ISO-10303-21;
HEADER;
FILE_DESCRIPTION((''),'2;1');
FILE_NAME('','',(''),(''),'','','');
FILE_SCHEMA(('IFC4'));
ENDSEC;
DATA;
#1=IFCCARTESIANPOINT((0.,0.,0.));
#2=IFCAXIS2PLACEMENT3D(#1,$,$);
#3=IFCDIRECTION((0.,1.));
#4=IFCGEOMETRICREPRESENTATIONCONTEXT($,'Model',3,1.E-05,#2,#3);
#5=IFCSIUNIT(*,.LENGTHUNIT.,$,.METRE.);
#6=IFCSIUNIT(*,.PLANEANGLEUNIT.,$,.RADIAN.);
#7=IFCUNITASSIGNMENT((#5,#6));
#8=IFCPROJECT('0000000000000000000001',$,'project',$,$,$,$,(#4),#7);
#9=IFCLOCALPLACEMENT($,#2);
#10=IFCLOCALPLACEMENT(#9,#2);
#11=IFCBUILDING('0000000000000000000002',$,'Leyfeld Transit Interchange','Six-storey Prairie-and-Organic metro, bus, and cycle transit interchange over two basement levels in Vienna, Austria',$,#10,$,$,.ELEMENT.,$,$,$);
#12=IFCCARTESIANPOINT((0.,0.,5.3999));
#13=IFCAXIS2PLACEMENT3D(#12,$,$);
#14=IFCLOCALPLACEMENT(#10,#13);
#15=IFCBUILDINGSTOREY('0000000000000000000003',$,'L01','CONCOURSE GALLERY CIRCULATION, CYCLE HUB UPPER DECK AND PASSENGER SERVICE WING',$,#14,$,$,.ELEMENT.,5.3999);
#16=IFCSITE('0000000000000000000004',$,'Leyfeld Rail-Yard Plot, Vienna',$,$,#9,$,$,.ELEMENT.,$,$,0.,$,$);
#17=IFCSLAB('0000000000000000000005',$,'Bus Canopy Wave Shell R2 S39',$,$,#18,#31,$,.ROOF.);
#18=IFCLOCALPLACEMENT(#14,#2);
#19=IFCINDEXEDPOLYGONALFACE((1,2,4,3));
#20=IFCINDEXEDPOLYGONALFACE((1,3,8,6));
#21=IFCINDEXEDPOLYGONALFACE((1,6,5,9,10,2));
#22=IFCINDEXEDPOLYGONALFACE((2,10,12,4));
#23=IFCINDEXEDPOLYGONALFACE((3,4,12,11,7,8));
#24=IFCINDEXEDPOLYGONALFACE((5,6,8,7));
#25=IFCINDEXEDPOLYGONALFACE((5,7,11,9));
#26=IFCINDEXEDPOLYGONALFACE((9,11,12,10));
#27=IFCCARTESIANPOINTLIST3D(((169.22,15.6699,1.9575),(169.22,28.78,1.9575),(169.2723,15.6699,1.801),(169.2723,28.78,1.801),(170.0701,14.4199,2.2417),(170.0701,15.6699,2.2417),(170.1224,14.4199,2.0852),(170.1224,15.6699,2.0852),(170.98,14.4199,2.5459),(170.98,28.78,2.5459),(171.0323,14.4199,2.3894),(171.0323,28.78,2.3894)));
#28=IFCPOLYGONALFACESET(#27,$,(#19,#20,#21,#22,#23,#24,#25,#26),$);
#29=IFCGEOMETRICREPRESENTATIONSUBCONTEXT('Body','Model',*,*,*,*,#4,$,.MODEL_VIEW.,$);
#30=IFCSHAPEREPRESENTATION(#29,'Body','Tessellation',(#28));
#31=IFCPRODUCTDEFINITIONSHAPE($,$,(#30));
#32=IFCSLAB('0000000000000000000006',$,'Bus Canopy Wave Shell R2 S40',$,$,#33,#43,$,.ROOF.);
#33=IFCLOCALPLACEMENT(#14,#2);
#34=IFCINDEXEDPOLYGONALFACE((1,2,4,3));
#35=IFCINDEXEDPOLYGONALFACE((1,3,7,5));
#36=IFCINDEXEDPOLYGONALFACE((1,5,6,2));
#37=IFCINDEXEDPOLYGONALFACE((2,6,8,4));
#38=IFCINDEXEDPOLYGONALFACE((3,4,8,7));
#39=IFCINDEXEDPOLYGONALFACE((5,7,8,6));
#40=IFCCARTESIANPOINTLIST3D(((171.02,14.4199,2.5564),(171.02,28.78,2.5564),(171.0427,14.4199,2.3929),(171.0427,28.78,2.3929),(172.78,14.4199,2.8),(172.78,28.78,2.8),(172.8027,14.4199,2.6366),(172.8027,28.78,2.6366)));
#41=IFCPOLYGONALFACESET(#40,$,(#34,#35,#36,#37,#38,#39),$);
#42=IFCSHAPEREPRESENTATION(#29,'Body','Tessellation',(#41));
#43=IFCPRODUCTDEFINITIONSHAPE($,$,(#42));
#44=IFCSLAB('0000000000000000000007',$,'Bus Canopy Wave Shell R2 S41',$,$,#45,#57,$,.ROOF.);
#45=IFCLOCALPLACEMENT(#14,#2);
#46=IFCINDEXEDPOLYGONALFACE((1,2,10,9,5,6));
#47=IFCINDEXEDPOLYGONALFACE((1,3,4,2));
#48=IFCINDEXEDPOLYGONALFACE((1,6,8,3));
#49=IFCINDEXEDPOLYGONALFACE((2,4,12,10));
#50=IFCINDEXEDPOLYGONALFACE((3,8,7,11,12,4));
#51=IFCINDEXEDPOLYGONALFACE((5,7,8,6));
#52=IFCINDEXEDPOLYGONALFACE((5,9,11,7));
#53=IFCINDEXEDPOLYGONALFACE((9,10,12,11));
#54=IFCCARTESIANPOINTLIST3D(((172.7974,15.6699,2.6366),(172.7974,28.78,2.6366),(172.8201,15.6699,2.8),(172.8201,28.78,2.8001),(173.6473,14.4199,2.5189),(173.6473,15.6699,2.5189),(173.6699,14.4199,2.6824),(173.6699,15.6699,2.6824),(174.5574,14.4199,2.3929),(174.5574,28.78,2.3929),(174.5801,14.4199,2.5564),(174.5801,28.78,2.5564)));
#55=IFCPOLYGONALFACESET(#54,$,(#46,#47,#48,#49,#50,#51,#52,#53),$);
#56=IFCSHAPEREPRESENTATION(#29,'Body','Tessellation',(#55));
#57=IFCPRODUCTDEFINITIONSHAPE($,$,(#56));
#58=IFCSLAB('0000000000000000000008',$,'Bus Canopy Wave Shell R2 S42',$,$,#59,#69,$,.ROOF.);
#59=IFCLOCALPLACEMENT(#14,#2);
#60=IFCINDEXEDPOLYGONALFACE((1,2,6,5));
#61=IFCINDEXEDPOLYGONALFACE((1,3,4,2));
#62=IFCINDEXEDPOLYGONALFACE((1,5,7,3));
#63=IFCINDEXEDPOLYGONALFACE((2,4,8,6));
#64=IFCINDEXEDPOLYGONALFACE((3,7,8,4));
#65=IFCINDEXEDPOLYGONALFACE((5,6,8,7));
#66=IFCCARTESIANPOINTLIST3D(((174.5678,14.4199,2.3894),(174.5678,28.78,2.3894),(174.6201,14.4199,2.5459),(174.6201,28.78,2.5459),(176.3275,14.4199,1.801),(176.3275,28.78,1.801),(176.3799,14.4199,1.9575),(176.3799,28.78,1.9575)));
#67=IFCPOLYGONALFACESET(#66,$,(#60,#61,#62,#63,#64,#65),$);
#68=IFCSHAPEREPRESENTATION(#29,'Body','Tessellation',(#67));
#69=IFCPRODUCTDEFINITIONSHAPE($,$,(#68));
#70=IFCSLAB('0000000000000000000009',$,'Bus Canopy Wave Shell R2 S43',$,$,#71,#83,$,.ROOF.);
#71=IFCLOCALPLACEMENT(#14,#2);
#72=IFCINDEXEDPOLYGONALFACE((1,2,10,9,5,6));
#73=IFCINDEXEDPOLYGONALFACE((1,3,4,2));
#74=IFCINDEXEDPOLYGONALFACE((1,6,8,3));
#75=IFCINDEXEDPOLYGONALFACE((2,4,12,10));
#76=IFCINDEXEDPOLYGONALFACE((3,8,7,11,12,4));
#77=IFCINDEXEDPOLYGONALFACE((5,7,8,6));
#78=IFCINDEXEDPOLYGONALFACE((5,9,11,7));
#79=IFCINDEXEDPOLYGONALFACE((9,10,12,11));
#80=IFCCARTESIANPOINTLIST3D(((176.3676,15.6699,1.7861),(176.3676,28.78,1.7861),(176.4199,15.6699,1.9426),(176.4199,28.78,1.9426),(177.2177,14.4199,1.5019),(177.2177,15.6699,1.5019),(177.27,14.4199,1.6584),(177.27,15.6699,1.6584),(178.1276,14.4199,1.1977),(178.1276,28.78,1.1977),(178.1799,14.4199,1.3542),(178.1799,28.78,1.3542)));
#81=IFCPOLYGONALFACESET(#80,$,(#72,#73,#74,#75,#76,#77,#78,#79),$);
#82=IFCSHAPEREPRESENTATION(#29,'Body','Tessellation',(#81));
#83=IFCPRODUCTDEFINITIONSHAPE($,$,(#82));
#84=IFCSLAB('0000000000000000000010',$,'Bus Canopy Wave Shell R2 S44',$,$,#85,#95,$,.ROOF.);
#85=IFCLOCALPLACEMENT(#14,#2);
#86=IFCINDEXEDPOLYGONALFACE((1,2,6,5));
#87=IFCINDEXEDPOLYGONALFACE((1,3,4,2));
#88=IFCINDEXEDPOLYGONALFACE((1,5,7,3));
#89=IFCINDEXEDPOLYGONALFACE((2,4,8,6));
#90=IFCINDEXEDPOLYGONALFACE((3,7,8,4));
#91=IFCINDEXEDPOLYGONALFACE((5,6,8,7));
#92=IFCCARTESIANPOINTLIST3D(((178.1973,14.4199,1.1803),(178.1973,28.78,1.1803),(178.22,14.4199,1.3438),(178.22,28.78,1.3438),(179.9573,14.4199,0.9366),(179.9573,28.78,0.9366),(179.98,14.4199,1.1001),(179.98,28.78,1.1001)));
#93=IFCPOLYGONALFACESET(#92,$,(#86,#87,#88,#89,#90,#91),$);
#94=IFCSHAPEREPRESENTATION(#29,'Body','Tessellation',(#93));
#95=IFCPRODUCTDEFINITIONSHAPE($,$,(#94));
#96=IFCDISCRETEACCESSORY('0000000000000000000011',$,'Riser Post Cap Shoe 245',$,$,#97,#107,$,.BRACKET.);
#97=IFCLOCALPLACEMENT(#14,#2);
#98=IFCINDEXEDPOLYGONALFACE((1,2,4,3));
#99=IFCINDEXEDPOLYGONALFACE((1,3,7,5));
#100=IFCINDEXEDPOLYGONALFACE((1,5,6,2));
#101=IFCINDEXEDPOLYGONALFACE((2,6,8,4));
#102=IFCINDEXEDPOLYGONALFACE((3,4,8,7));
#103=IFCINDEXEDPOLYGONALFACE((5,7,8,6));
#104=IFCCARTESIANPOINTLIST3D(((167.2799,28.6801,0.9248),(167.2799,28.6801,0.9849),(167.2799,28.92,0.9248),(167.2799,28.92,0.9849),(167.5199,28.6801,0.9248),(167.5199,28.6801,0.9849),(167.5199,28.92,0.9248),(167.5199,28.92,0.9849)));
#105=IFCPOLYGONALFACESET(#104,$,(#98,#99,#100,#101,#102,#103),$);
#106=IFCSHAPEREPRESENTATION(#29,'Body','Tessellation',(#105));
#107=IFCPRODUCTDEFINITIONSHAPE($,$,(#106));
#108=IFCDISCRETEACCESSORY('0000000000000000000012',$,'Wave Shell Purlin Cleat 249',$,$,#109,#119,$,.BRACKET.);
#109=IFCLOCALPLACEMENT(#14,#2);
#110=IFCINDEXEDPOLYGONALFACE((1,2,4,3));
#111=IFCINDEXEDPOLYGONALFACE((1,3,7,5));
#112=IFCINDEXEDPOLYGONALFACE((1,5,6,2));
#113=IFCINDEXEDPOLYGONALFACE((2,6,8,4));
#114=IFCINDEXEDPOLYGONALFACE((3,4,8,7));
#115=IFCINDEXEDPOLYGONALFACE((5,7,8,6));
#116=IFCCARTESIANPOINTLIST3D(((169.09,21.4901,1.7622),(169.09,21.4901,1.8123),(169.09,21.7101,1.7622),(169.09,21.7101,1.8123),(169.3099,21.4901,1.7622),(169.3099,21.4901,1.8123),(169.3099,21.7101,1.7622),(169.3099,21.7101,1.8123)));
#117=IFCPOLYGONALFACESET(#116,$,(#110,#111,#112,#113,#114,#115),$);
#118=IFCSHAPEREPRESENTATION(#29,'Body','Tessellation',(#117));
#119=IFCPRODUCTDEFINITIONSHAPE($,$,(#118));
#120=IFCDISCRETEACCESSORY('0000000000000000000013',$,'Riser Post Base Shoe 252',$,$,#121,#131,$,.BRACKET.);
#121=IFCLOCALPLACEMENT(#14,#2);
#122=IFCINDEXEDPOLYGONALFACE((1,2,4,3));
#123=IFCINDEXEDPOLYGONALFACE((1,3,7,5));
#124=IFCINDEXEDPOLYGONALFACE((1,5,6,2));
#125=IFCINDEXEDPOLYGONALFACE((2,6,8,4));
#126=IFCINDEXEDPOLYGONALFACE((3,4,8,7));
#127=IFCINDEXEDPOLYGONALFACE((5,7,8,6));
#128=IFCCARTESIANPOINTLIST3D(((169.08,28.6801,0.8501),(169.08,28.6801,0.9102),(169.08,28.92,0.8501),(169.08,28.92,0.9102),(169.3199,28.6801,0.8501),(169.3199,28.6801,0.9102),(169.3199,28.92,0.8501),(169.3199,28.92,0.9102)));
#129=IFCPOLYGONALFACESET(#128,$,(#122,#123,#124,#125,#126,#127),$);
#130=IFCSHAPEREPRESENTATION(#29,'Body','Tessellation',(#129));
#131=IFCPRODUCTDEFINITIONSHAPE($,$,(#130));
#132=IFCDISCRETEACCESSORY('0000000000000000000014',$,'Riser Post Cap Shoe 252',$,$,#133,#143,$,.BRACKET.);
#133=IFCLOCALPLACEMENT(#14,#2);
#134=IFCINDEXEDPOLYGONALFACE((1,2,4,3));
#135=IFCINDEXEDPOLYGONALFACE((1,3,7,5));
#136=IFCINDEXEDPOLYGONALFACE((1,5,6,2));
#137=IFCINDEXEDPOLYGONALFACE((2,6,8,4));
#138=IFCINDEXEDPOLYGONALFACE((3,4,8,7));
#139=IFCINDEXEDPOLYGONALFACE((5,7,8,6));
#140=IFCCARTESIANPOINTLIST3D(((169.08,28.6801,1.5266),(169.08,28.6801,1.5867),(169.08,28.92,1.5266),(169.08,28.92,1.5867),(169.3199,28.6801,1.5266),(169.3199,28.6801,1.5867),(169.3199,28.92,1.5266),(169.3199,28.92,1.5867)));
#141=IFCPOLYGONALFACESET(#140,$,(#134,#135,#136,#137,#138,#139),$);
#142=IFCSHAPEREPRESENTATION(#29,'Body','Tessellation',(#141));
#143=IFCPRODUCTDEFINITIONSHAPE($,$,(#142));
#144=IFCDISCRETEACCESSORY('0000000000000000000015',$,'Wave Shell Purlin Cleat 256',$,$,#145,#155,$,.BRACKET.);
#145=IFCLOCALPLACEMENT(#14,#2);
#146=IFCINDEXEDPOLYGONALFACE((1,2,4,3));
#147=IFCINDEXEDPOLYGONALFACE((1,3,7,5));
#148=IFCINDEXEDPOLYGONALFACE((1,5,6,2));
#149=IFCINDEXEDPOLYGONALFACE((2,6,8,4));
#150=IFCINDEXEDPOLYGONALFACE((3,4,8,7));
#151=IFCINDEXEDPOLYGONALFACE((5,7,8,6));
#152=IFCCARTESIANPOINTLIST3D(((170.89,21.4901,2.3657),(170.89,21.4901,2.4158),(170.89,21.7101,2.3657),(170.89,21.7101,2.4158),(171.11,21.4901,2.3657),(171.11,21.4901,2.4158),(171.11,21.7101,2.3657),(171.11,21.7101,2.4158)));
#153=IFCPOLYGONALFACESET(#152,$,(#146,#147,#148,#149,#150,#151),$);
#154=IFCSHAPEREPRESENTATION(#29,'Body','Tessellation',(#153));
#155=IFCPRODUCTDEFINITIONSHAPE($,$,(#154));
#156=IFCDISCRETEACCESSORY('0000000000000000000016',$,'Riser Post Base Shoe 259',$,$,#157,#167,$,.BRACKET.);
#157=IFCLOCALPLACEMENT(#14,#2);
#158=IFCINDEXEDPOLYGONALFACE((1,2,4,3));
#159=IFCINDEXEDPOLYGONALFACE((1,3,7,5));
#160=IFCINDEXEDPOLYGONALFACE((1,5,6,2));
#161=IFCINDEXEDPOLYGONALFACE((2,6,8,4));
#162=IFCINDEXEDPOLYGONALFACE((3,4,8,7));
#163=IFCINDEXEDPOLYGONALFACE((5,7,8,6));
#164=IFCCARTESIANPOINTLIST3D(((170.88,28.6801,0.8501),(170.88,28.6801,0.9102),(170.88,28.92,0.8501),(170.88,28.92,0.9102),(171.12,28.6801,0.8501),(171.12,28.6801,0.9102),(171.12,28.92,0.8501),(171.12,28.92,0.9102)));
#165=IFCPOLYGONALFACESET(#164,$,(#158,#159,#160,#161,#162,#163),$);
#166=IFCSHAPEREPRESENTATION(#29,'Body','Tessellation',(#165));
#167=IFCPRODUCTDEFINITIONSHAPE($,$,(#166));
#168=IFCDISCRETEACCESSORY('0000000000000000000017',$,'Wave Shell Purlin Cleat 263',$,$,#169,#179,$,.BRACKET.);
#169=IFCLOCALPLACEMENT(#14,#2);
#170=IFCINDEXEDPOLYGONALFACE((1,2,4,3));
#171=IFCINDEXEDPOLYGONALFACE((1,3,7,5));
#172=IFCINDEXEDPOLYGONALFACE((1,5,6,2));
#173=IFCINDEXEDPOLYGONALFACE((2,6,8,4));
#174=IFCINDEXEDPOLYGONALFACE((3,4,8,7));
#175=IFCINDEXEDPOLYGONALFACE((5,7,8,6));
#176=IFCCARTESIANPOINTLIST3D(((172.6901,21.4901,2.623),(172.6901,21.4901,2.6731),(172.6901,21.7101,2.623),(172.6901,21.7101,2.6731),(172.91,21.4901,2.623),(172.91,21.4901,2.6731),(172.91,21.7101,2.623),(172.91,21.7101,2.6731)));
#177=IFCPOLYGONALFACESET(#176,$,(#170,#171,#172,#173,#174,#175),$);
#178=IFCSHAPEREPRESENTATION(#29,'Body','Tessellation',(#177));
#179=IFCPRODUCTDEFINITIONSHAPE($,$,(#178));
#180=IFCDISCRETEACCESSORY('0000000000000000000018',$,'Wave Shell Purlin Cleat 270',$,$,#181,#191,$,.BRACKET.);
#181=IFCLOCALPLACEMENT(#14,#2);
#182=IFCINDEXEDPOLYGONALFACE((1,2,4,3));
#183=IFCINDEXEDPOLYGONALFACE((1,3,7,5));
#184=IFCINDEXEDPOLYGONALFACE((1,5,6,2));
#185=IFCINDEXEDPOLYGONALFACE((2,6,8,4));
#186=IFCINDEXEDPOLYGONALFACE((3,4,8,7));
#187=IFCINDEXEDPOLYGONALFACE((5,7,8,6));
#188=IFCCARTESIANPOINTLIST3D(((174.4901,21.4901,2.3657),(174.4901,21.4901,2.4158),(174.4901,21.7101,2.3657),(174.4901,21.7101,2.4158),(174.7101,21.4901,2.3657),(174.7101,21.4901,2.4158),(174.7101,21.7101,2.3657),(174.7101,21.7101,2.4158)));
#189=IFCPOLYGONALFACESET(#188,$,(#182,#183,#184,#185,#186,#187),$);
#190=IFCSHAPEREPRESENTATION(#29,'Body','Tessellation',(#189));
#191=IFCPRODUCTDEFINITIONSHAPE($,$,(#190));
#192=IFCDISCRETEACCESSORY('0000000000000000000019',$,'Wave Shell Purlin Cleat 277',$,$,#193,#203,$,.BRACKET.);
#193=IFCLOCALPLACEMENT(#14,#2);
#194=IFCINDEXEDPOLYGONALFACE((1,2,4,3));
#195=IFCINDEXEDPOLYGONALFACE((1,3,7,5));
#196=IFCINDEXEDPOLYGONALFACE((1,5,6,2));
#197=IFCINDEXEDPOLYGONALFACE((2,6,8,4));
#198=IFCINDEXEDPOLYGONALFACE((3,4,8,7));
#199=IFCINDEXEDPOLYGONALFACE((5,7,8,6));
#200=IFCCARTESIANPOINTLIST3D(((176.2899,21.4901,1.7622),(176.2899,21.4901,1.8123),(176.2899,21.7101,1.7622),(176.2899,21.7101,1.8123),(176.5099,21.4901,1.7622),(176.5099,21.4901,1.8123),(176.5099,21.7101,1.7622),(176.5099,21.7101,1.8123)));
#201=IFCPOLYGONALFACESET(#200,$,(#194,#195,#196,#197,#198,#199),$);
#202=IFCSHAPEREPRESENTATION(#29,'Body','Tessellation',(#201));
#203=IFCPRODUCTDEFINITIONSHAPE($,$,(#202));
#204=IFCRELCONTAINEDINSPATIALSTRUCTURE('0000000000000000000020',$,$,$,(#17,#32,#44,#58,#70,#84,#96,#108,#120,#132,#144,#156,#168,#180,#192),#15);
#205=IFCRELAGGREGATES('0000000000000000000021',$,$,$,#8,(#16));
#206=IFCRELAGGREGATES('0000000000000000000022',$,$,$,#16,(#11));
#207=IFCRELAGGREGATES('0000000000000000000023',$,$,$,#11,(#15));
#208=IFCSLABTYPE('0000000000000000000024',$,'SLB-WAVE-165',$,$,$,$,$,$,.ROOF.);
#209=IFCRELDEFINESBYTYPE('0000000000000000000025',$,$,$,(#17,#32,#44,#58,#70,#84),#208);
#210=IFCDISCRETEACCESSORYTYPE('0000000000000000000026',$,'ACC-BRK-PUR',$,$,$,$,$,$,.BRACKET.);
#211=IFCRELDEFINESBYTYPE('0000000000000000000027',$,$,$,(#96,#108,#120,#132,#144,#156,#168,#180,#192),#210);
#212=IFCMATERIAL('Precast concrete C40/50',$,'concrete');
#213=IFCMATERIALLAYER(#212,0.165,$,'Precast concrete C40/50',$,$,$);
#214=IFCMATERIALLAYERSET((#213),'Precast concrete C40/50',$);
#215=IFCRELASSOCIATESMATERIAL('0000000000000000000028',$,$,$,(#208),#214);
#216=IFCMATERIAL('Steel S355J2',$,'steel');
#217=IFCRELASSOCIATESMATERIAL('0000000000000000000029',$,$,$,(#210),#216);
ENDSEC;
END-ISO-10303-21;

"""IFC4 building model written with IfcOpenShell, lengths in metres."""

from ifc_helpers import new_model, si_unit, direction, frame, origin, origin_2d, place, context, subcontext, project, spatial, polyline, rectangle, outline, extrude, material, layer, layer_set, type_object, element, save


model = new_model("IFC4")

# Units and contexts
model_context = context("Model", 3, precision=1e-05, world=origin(), true_north=direction((0.0, 1.0)))
body_context = subcontext(model_context, "Body", "Model", "MODEL_VIEW")
ifc_project = project(units=[si_unit("LENGTHUNIT", "METRE"), si_unit("PLANEANGLEUNIT", "RADIAN")], contexts=[model_context])

# Site, building, storey
site_placement = place(None, origin())
site = spatial("IfcSite", under=ifc_project, at=site_placement, Name="Leyfeld Rail-Yard Plot, Vienna", CompositionType="ELEMENT", RefElevation=0.0)
building_placement = place(site_placement, origin())
building = spatial("IfcBuilding", under=site, at=building_placement, Name="Leyfeld Transit Interchange", Description="Six-storey Prairie-and-Organic metro, bus, and cycle transit interchange over two basement levels in Vienna, Austria", CompositionType="ELEMENT")
storey_placement = place(building_placement, frame((0.0, 0.0, 5.3999)))
storey = spatial("IfcBuildingStorey", under=building, at=storey_placement, Name="L01", Description="CONCOURSE GALLERY CIRCULATION, CYCLE HUB UPPER DECK AND PASSENGER SERVICE WING", CompositionType="ELEMENT", Elevation=5.3999)

# Shared definitions
ifc_material_1 = material(Name="Steel S355J2", Category="steel")

# Slabs
ifc_material_2 = material(Name="Precast concrete C40/50", Category="concrete")
ifc_layer = layer(ifc_material_2, 0.165, Name="Precast concrete C40/50")
ifc_layer_set = layer_set([ifc_layer], Name="Precast concrete C40/50")
slab_type = type_object("IfcSlabType", Name="SLB-WAVE-165", PredefinedType="ROOF", material=ifc_layer_set)
slab_1_placement = place(storey_placement, frame((169.22, 15.6699, 1.9575), z_axis=(-0.317057, 0.0, 0.948406), x_axis=(0.948406, 0.0, 0.317057)))
element("IfcSlab", 1, at=slab_1_placement, inside=storey, type_object=slab_type, Name="Bus Canopy Wave Shell R2 S39", PredefinedType="ROOF", context=body_context, shape_type="SweptSolid", body=[
    extrude(outline(polyline([(0.0, 0.0), (0.8963, 0.0), (0.8963, -1.25), (1.8558, -1.25), (1.8558, 13.1101), (0.0, 13.1101), (0.0, 0.0)])), origin(), (0.0, 0.0, -1.0), 0.165),
])
slab_2_placement = place(storey_placement, frame((171.02, 14.4199, 2.5564), z_axis=(-0.13713, 0.0, 0.990553), x_axis=(0.990553, 0.0, 0.13713)))
element("IfcSlab", 2, at=slab_2_placement, inside=storey, type_object=slab_type, Name="Bus Canopy Wave Shell R2 S40", PredefinedType="ROOF", context=body_context, shape_type="SweptSolid", body=[
    extrude(outline(polyline([(0.0, 0.0), (1.7768, 0.0), (1.7768, 14.3601), (0.0, 14.3601), (0.0, 0.0)])), origin(), (0.0, 0.0, -1.0), 0.165),
])
slab_3_placement = place(storey_placement, frame((172.8201, 15.6699, 2.8), z_axis=(0.137129, -0.000001, 0.990553), x_axis=(0.990553, 0.0, -0.137129)))
element("IfcSlab", 3, at=slab_3_placement, inside=storey, type_object=slab_type, Name="Bus Canopy Wave Shell R2 S41", PredefinedType="ROOF", context=body_context, shape_type="SweptSolid", body=[
    extrude(outline(polyline([(0.0, 0.0), (0.858, 0.0), (0.858, -1.25), (1.7768, -1.25), (1.7768, 13.1101), (0.0, 13.1101), (0.0, 0.0)])), origin(), (0.0, 0.0, -1.0), 0.165),
])
slab_4_placement = place(storey_placement, frame((174.6201, 14.4199, 2.5459), z_axis=(0.317096, 0.0, 0.948393), x_axis=(0.948393, 0.0, -0.317096)))
element("IfcSlab", 4, at=slab_4_placement, inside=storey, type_object=slab_type, Name="Bus Canopy Wave Shell R2 S42", PredefinedType="ROOF", context=body_context, shape_type="SweptSolid", body=[
    extrude(outline(polyline([(0.0, 0.0), (1.8555, 0.0), (1.8555, 14.3601), (0.0, 14.3601), (0.0, 0.0)])), origin(), (0.0, 0.0, -1.0), 0.165),
])
slab_5_placement = place(storey_placement, frame((176.4199, 15.6699, 1.9426), z_axis=(0.317057, 0.0, 0.948406), x_axis=(0.948406, 0.0, -0.317057)))
element("IfcSlab", 5, at=slab_5_placement, inside=storey, type_object=slab_type, Name="Bus Canopy Wave Shell R2 S43", PredefinedType="ROOF", context=body_context, shape_type="SweptSolid", body=[
    extrude(outline(polyline([(0.0, 0.0), (0.8963, 0.0), (0.8963, -1.25), (1.8558, -1.25), (1.8558, 13.1101), (0.0, 13.1101), (0.0, 0.0)])), origin(), (0.0, 0.0, -1.0), 0.165),
])
slab_6_placement = place(storey_placement, frame((178.22, 14.4199, 1.3438), z_axis=(0.13713, 0.0, 0.990553), x_axis=(0.990553, 0.0, -0.13713)))
element("IfcSlab", 6, at=slab_6_placement, inside=storey, type_object=slab_type, Name="Bus Canopy Wave Shell R2 S44", PredefinedType="ROOF", context=body_context, shape_type="SweptSolid", body=[
    extrude(outline(polyline([(0.0, 0.0), (1.7768, 0.0), (1.7768, 14.3601), (0.0, 14.3601), (0.0, 0.0)])), origin(), (0.0, 0.0, -1.0), 0.165),
])

# Discrete accessories
discrete_accessory_type = type_object("IfcDiscreteAccessoryType", Name="ACC-BRK-PUR", PredefinedType="BRACKET", material=ifc_material_1)
discrete_accessory_1_placement = place(storey_placement, frame((167.3999, 28.8, 0.9248), z_axis=(0.0, 0.0, 1.0), x_axis=(1.0, 0.0, 0.0)))
element("IfcDiscreteAccessory", 7, at=discrete_accessory_1_placement, inside=storey, type_object=discrete_accessory_type, Name="Riser Post Cap Shoe 245", PredefinedType="BRACKET", context=body_context, shape_type="SweptSolid", body=[
    extrude(rectangle(XDim=0.24, YDim=0.24, at=origin_2d()), origin(), (0.0, 0.0, 1.0), 0.0601),
])
discrete_accessory_2_placement = place(storey_placement, frame((169.2, 21.6001, 1.7622), z_axis=(0.0, 0.0, 1.0), x_axis=(1.0, 0.0, 0.0)))
element("IfcDiscreteAccessory", 8, at=discrete_accessory_2_placement, inside=storey, type_object=discrete_accessory_type, Name="Wave Shell Purlin Cleat 249", PredefinedType="BRACKET", context=body_context, shape_type="SweptSolid", body=[
    extrude(rectangle(XDim=0.22, YDim=0.22, at=origin_2d()), origin(), (0.0, 0.0, 1.0), 0.05),
])
for number, where, z_axis, x_axis, name in (
    (9, (169.2, 28.8, 0.8501), (0.0, 0.0, 1.0), (1.0, 0.0, 0.0), "Riser Post Base Shoe 252"),
    (10, (169.2, 28.8, 1.5266), (0.0, 0.0, 1.0), (1.0, 0.0, 0.0), "Riser Post Cap Shoe 252"),
):
    element("IfcDiscreteAccessory", number, at=place(storey_placement, frame(where, z_axis=z_axis, x_axis=x_axis)), inside=storey, type_object=discrete_accessory_type, Name=name, PredefinedType="BRACKET", context=body_context, shape_type="SweptSolid", body=[
        extrude(rectangle(XDim=0.24, YDim=0.24, at=origin_2d()), origin(), (0.0, 0.0, 1.0), 0.0601),
    ])
discrete_accessory_3_placement = place(storey_placement, frame((171.0, 21.6001, 2.3657), z_axis=(0.0, 0.0, 1.0), x_axis=(1.0, 0.0, 0.0)))
element("IfcDiscreteAccessory", 11, at=discrete_accessory_3_placement, inside=storey, type_object=discrete_accessory_type, Name="Wave Shell Purlin Cleat 256", PredefinedType="BRACKET", context=body_context, shape_type="SweptSolid", body=[
    extrude(rectangle(XDim=0.22, YDim=0.22, at=origin_2d()), origin(), (0.0, 0.0, 1.0), 0.05),
])
discrete_accessory_4_placement = place(storey_placement, frame((171.0, 28.8, 0.8501), z_axis=(0.0, 0.0, 1.0), x_axis=(1.0, 0.0, 0.0)))
element("IfcDiscreteAccessory", 12, at=discrete_accessory_4_placement, inside=storey, type_object=discrete_accessory_type, Name="Riser Post Base Shoe 259", PredefinedType="BRACKET", context=body_context, shape_type="SweptSolid", body=[
    extrude(rectangle(XDim=0.24, YDim=0.24, at=origin_2d()), origin(), (0.0, 0.0, 1.0), 0.0601),
])
for number, where, z_axis, x_axis, name in (
    (13, (172.8, 21.6001, 2.623), (0.0, 0.0, 1.0), (1.0, 0.0, 0.0), "Wave Shell Purlin Cleat 263"),
    (14, (174.6001, 21.6001, 2.3657), (0.0, 0.0, 1.0), (1.0, 0.0, 0.0), "Wave Shell Purlin Cleat 270"),
    (15, (176.3999, 21.6001, 1.7622), (0.0, 0.0, 1.0), (1.0, 0.0, 0.0), "Wave Shell Purlin Cleat 277"),
):
    element("IfcDiscreteAccessory", number, at=place(storey_placement, frame(where, z_axis=z_axis, x_axis=x_axis)), inside=storey, type_object=discrete_accessory_type, Name=name, PredefinedType="BRACKET", context=body_context, shape_type="SweptSolid", body=[
        extrude(rectangle(XDim=0.22, YDim=0.22, at=origin_2d()), origin(), (0.0, 0.0, 1.0), 0.05),
    ])

save(model, "model.ifc")
